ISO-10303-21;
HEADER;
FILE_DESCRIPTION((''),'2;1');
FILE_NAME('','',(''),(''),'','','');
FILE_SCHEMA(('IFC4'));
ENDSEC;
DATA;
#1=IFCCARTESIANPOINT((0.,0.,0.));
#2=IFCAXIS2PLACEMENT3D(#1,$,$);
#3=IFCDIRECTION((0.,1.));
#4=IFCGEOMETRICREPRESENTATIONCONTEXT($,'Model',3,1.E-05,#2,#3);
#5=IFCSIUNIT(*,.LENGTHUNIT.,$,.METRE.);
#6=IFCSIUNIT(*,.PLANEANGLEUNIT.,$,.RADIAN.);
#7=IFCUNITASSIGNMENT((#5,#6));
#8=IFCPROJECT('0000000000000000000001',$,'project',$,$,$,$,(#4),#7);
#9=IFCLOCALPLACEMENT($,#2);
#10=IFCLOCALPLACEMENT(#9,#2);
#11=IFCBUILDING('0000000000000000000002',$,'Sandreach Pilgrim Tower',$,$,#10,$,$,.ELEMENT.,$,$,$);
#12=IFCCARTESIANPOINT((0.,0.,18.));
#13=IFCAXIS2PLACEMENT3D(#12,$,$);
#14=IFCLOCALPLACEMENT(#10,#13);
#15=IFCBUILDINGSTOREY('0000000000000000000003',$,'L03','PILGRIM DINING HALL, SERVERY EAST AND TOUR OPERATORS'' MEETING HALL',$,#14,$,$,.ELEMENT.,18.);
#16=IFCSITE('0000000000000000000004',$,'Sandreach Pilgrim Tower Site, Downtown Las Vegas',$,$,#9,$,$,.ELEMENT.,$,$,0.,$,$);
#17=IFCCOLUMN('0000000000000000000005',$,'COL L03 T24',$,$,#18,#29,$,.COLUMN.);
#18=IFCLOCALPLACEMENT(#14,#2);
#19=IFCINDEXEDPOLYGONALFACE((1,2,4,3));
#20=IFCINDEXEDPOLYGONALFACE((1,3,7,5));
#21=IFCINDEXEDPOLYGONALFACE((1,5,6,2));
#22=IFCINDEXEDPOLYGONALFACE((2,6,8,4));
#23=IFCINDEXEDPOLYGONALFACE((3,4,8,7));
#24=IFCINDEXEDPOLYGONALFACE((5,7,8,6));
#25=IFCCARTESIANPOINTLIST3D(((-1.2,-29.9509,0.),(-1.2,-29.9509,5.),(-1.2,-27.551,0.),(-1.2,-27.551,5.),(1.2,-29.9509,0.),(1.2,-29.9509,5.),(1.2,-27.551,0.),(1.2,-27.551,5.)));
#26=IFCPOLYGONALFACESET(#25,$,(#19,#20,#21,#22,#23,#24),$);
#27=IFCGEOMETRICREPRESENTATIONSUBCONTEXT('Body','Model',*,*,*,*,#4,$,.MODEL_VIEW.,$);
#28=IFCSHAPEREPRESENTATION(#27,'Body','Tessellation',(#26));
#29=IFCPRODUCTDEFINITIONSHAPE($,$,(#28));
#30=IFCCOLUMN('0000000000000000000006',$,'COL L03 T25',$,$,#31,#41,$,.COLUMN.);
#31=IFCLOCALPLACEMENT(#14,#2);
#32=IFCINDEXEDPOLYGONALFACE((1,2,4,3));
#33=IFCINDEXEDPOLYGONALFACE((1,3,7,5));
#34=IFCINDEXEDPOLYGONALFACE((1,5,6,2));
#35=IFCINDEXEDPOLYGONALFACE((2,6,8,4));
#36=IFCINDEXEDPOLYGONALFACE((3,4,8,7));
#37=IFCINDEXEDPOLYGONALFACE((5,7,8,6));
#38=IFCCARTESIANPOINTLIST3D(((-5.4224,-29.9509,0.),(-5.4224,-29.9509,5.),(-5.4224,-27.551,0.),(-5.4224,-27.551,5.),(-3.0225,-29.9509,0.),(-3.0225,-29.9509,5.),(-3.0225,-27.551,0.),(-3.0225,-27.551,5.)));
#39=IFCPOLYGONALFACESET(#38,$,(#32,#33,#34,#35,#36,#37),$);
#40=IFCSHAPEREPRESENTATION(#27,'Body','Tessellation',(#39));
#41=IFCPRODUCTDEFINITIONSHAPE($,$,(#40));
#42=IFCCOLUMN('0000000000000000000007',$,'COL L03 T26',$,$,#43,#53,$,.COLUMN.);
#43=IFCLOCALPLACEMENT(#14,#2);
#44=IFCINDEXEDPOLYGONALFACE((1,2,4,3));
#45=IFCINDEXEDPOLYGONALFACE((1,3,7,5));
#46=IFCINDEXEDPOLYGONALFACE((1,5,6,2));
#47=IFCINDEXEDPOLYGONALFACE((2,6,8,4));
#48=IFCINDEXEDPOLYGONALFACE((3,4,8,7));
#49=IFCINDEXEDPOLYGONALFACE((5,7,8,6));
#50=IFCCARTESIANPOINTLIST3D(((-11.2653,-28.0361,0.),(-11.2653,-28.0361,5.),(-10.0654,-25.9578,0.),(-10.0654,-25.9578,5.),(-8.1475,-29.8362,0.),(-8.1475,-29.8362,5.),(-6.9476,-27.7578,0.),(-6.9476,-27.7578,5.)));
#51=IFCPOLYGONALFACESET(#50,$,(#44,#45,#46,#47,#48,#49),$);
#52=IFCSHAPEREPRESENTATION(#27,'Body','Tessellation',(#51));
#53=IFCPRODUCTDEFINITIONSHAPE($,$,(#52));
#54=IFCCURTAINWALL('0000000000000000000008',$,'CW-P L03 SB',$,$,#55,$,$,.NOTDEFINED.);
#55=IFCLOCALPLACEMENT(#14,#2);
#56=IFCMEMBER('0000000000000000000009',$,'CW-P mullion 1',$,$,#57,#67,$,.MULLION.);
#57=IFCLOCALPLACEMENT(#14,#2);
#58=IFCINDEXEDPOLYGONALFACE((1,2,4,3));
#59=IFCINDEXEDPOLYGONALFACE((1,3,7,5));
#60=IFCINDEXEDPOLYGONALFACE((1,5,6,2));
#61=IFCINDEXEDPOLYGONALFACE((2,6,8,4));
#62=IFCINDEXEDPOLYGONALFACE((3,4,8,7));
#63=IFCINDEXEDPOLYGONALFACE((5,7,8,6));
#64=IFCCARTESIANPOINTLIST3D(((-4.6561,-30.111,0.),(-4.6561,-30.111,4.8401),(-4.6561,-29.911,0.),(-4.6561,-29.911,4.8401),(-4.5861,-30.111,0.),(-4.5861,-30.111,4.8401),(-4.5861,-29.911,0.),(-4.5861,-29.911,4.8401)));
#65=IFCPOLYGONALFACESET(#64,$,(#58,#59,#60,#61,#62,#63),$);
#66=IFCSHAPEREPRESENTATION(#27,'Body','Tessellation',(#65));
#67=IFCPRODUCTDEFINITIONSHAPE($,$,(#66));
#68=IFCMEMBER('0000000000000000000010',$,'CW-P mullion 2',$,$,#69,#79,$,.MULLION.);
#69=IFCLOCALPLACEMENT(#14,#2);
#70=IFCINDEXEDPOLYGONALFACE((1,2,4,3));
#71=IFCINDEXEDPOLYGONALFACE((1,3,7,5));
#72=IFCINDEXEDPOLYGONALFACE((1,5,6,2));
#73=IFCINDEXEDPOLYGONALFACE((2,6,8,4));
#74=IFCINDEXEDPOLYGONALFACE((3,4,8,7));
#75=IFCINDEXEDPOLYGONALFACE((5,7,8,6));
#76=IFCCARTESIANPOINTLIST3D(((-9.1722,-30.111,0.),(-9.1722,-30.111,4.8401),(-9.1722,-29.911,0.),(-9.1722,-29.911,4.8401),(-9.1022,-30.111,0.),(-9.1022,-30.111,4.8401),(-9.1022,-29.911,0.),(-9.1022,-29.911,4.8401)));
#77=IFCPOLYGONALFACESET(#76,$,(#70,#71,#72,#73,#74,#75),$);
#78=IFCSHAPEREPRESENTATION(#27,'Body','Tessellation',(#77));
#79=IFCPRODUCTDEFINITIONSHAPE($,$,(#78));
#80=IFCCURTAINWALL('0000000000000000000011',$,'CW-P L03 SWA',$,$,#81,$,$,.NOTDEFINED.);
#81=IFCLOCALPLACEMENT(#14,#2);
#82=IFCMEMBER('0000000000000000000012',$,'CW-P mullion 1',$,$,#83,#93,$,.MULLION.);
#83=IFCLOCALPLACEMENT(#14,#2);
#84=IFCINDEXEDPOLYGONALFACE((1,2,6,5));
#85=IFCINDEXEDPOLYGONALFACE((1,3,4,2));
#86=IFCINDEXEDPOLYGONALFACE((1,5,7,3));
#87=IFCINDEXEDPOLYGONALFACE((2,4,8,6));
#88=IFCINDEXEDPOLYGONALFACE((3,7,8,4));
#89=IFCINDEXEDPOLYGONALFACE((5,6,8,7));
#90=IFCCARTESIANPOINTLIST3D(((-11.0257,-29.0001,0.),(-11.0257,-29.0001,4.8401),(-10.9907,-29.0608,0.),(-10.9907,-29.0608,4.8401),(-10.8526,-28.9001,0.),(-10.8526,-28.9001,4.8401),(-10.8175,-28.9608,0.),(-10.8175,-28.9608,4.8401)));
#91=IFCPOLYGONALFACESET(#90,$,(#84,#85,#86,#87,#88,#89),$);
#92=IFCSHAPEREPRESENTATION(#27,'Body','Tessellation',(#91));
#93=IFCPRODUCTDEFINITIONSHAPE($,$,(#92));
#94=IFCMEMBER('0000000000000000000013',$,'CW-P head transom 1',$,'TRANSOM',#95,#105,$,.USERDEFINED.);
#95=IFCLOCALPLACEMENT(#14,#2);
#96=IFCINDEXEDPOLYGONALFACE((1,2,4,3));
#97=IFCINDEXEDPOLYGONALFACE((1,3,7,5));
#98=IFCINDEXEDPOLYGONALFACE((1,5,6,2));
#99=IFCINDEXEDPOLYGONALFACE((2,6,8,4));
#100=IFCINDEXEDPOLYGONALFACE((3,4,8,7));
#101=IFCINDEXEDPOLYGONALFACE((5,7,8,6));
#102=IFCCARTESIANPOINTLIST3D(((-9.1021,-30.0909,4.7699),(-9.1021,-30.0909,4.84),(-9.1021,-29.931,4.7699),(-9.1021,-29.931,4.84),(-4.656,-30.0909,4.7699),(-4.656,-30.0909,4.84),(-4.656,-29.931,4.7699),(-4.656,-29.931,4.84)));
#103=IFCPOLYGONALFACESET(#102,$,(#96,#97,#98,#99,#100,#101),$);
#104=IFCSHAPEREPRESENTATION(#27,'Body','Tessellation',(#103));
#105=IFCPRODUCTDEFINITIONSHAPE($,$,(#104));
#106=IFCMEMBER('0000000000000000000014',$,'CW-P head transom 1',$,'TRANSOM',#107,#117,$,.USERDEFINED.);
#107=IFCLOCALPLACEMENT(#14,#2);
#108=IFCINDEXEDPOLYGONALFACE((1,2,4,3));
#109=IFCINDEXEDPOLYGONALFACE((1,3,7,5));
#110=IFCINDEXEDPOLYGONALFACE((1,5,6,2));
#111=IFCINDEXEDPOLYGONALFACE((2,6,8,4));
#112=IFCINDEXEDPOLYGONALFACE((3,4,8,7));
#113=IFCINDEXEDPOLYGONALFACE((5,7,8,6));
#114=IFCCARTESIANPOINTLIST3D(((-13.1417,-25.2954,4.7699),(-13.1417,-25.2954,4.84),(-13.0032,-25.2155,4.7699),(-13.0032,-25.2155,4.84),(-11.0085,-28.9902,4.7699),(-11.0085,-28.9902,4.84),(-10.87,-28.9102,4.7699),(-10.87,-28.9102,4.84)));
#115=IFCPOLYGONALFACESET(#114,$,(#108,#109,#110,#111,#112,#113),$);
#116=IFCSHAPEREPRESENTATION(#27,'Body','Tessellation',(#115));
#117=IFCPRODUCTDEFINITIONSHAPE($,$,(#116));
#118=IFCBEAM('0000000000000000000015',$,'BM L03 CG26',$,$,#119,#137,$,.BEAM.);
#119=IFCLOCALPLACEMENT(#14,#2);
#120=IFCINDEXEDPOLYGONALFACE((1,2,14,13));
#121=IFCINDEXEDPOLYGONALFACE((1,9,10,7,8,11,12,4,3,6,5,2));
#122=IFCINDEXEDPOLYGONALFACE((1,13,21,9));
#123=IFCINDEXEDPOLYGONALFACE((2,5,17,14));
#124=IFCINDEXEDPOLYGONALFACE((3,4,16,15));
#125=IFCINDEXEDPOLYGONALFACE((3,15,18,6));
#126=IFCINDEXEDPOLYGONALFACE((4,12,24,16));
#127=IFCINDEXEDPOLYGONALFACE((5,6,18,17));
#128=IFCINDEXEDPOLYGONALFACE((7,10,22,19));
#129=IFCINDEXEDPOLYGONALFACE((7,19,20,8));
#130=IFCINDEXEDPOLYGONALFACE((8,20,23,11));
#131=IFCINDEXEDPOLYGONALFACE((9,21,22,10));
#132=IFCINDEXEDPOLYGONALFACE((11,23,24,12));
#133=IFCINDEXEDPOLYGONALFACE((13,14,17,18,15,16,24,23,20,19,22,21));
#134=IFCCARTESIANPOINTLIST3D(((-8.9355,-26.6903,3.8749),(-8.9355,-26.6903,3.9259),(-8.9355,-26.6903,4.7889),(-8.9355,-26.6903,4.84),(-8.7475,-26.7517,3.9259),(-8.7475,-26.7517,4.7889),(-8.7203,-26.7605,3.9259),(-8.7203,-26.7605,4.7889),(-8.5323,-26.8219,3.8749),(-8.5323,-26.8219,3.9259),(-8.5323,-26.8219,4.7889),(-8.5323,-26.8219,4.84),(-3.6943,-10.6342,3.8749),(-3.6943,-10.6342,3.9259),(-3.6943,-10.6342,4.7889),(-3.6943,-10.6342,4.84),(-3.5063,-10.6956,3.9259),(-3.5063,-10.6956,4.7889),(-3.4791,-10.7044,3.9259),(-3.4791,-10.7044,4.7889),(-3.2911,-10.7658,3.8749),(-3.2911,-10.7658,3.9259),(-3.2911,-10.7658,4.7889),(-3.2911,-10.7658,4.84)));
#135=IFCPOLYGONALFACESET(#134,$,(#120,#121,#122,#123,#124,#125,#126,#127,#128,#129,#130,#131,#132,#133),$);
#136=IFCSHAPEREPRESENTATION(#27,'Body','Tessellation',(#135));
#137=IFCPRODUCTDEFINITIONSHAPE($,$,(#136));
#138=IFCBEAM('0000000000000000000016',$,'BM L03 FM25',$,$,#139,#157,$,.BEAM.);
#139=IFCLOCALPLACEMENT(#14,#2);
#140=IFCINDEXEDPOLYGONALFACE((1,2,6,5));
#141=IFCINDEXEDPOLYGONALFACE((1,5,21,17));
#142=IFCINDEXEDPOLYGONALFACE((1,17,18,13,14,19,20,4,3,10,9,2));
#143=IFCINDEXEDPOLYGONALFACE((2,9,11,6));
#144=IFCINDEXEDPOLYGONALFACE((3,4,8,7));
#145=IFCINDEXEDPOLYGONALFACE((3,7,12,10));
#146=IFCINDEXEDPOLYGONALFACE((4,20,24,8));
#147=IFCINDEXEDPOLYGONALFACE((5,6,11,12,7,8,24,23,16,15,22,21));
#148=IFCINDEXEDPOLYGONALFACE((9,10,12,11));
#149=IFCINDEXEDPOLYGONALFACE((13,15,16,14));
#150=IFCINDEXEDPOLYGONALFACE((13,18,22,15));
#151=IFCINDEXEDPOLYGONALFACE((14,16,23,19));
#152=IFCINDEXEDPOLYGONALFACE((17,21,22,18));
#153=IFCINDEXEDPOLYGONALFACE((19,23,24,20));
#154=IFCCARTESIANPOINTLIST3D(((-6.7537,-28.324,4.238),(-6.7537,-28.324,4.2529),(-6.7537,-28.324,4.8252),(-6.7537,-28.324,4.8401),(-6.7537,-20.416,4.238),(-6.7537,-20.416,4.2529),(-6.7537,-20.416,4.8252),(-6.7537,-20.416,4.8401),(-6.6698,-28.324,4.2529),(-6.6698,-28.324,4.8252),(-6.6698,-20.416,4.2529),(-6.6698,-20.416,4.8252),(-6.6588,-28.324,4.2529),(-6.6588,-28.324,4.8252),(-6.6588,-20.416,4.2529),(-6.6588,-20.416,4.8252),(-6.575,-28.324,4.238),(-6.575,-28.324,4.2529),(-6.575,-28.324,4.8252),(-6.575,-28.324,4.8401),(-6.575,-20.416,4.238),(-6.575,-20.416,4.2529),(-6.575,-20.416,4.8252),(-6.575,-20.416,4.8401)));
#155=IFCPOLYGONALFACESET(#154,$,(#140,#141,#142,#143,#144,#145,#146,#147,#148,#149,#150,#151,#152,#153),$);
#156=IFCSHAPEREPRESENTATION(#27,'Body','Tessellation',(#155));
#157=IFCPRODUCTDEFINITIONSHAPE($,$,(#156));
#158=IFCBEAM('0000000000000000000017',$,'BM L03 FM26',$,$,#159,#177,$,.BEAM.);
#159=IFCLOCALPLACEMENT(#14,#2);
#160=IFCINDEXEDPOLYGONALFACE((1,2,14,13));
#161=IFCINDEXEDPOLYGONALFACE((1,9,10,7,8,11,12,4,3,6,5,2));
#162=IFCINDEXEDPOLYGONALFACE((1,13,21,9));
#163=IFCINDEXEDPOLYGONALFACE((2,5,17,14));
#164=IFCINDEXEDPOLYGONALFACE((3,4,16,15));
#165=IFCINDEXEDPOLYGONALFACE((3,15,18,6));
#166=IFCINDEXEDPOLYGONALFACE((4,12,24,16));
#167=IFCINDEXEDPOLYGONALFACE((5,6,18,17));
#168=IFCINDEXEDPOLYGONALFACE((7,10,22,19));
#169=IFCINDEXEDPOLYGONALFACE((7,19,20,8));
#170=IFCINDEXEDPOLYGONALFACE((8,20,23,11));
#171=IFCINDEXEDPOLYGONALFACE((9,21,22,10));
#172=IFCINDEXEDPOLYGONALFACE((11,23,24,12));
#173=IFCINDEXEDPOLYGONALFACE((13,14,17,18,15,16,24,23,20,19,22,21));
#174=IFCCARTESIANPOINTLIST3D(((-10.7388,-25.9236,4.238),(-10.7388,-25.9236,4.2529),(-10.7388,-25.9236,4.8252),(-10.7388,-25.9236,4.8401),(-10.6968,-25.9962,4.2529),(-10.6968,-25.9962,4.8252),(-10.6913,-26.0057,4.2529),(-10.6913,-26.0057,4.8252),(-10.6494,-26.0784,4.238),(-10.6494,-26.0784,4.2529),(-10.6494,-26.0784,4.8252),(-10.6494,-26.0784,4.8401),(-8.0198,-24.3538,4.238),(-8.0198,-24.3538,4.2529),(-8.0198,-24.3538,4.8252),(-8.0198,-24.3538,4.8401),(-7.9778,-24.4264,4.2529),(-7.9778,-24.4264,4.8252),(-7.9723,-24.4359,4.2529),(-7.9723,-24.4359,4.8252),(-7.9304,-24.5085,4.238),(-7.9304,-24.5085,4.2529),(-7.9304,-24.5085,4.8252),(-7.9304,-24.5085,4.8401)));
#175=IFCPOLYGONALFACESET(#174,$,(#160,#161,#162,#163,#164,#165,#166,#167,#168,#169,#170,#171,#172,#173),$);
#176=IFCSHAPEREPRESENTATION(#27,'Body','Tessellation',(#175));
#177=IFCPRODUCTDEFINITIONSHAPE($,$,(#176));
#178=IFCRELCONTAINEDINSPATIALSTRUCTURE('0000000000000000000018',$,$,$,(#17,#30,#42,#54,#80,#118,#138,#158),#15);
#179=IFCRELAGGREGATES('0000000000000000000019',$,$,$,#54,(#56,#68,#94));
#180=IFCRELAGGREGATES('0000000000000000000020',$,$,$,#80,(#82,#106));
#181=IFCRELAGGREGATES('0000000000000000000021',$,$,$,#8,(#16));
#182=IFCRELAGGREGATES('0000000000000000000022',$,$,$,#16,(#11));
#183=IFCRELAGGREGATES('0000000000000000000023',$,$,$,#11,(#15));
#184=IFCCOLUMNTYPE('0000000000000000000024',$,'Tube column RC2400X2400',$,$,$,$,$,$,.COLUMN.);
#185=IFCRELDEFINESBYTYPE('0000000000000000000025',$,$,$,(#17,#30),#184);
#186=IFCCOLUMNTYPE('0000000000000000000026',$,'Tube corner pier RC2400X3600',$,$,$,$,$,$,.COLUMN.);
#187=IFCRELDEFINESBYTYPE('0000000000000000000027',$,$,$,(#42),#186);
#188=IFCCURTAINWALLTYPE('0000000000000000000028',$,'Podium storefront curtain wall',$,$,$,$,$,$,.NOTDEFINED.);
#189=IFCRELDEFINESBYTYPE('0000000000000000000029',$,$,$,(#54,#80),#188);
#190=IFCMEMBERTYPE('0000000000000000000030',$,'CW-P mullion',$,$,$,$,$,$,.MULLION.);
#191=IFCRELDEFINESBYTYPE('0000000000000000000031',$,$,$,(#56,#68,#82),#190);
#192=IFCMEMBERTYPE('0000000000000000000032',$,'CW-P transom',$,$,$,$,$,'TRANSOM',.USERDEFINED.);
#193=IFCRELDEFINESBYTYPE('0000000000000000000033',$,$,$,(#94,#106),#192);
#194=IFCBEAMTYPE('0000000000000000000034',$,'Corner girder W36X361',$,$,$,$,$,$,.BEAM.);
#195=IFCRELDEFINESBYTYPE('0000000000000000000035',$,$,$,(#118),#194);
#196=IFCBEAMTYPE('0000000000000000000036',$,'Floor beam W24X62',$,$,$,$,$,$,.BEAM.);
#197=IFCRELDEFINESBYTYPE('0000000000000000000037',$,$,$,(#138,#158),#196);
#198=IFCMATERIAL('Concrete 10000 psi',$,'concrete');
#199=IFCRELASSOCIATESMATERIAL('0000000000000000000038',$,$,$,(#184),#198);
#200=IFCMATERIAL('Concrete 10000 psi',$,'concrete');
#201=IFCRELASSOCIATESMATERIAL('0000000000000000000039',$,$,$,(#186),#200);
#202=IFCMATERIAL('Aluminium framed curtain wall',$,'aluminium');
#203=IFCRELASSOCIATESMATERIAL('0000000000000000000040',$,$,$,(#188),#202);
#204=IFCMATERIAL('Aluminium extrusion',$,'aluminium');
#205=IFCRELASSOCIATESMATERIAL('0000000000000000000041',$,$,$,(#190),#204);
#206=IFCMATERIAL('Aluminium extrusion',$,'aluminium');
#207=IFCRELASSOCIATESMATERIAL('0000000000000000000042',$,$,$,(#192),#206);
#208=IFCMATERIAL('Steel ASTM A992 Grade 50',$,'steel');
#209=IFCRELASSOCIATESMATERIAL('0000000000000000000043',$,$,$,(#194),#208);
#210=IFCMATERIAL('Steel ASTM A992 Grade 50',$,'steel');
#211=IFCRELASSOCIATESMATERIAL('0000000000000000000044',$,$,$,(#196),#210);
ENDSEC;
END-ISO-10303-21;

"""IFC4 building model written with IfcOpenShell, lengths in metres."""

from ifc_helpers import new_model, si_unit, direction, frame, origin, origin_2d, place, context, subcontext, project, spatial, rectangle, i_section, extrude, material, material_profile, profile_set, type_object, element, aggregate, save


model = new_model("IFC4")

# Units and contexts
model_context = context("Model", 3, precision=1e-05, world=origin(), true_north=direction((0.0, 1.0)))
body_context = subcontext(model_context, "Body", "Model", "MODEL_VIEW")
ifc_project = project(units=[si_unit("LENGTHUNIT", "METRE"), si_unit("PLANEANGLEUNIT", "RADIAN")], contexts=[model_context])

# Site, building, storey
site_placement = place(None, origin())
site = spatial("IfcSite", under=ifc_project, at=site_placement, Name="Sandreach Pilgrim Tower Site, Downtown Las Vegas", CompositionType="ELEMENT", RefElevation=0.0)
building_placement = place(site_placement, origin())
building = spatial("IfcBuilding", under=site, at=building_placement, Name="Sandreach Pilgrim Tower", CompositionType="ELEMENT")
storey_placement = place(building_placement, frame((0.0, 0.0, 18.0)))
storey = spatial("IfcBuildingStorey", under=building, at=storey_placement, Name="L03", Description="PILGRIM DINING HALL, SERVERY EAST AND TOUR OPERATORS' MEETING HALL", CompositionType="ELEMENT", Elevation=18.0)

# Columns
ifc_material_1 = material(Name="Concrete 10000 psi", Category="concrete")
ifc_material_profile_1 = material_profile(ifc_material_1, rectangle(XDim=2.3999, YDim=2.3999, at=origin_2d()), Name="RC2400X2400")
ifc_profile_set_1 = profile_set([ifc_material_profile_1], Name="Concrete 10000 psi")
column_type_1 = type_object("IfcColumnType", Name="Tube column RC2400X2400", PredefinedType="COLUMN", material=ifc_profile_set_1)
for number, where, z_axis, x_axis, name in (
    (1, (0.0, -28.751, 0.0), (0.0, 0.0, 1.0), (0.0, -1.0, 0.0), "COL L03 T24"),
    (2, (-4.2224, -28.751, 0.0), (0.0, 0.0, 1.0), (0.0, -1.0, 0.0), "COL L03 T25"),
):
    element("IfcColumn", number, at=place(storey_placement, frame(where, z_axis=z_axis, x_axis=x_axis)), inside=storey, type_object=column_type_1, Name=name, PredefinedType="COLUMN", context=body_context, shape_type="SweptSolid", body=[
        extrude(rectangle(XDim=2.3999, YDim=2.3999, at=origin_2d()), origin(), (0.0, 0.0, 1.0), 5.0),
    ])
ifc_material_2 = material(Name="Concrete 10000 psi", Category="concrete")
ifc_material_profile_2 = material_profile(ifc_material_2, rectangle(XDim=2.3999, YDim=3.6001, at=origin_2d()), Name="RC2400X3600")
ifc_profile_set_2 = profile_set([ifc_material_profile_2], Name="Concrete 10000 psi")
column_type_2 = type_object("IfcColumnType", Name="Tube corner pier RC2400X3600", PredefinedType="COLUMN", material=ifc_profile_set_2)
column_placement = place(storey_placement, frame((-9.1064, -27.897, 0.0), z_axis=(0.0, 0.0, 1.0), x_axis=(-0.5, -0.866025, 0.0)))
element("IfcColumn", 3, at=column_placement, inside=storey, type_object=column_type_2, Name="COL L03 T26", PredefinedType="COLUMN", context=body_context, shape_type="SweptSolid", body=[
    extrude(rectangle(XDim=2.3999, YDim=3.6001, at=origin_2d()), origin(), (0.0, 0.0, 1.0), 5.0),
])

# Curtain wall, members
ifc_material_3 = material(Name="Aluminium framed curtain wall", Category="aluminium")
curtain_wall_type = type_object("IfcCurtainWallType", Name="Podium storefront curtain wall", PredefinedType="NOTDEFINED", material=ifc_material_3)
curtain_wall_1_placement = place(storey_placement, origin())
curtain_wall_1 = element("IfcCurtainWall", 4, at=curtain_wall_1_placement, inside=storey, type_object=curtain_wall_type, Name="CW-P L03 SB", PredefinedType="NOTDEFINED")
ifc_material_4 = material(Name="Aluminium extrusion", Category="aluminium")
ifc_material_profile_3 = material_profile(ifc_material_4, rectangle(XDim=0.0701, YDim=0.2, at=origin_2d()), Name="CW-PM 70X200")
ifc_profile_set_3 = profile_set([ifc_material_profile_3], Name="Aluminium extrusion")
member_type_1 = type_object("IfcMemberType", Name="CW-P mullion", PredefinedType="MULLION", material=ifc_profile_set_3)
member_1_placement = place(storey_placement, frame((-4.6211, -30.011, 0.0), z_axis=(0.0, 0.0, 1.0), x_axis=(-1.0, 0.0, 0.0)))
member_1 = element("IfcMember", 5, at=member_1_placement, type_object=member_type_1, Name="CW-P mullion 1", PredefinedType="MULLION", context=body_context, shape_type="SweptSolid", body=[
    extrude(rectangle(XDim=0.0701, YDim=0.2, at=origin_2d()), origin(), (0.0, 0.0, 1.0), 4.8401),
])
member_2_placement = place(storey_placement, frame((-9.1372, -30.011, 0.0), z_axis=(0.0, 0.0, 1.0), x_axis=(-1.0, 0.0, 0.0)))
member_2 = element("IfcMember", 6, at=member_2_placement, type_object=member_type_1, Name="CW-P mullion 2", PredefinedType="MULLION", context=body_context, shape_type="SweptSolid", body=[
    extrude(rectangle(XDim=0.0701, YDim=0.2, at=origin_2d()), origin(), (0.0, 0.0, 1.0), 4.8401),
])

# Curtain wall, member
curtain_wall_2_placement = place(storey_placement, origin())
curtain_wall_2 = element("IfcCurtainWall", 7, at=curtain_wall_2_placement, inside=storey, type_object=curtain_wall_type, Name="CW-P L03 SWA", PredefinedType="NOTDEFINED")
member_3_placement = place(storey_placement, frame((-10.9216, -28.9805, 0.0), z_axis=(0.0, 0.0, 1.0), x_axis=(-0.5, 0.866025, 0.0)))
member_3 = element("IfcMember", 8, at=member_3_placement, type_object=member_type_1, Name="CW-P mullion 1", PredefinedType="MULLION", context=body_context, shape_type="SweptSolid", body=[
    extrude(rectangle(XDim=0.0701, YDim=0.2, at=origin_2d()), origin(), (0.0, 0.0, 1.0), 4.8401),
])

# Members
ifc_material_5 = material(Name="Aluminium extrusion", Category="aluminium")
ifc_material_profile_4 = material_profile(ifc_material_5, rectangle(XDim=0.1599, YDim=0.0701, at=origin_2d()), Name="CW-PT 160X70")
ifc_profile_set_4 = profile_set([ifc_material_profile_4], Name="Aluminium extrusion")
member_type_2 = type_object("IfcMemberType", Name="CW-P transom", ElementType="TRANSOM", PredefinedType="USERDEFINED", material=ifc_profile_set_4)
member_4_placement = place(storey_placement, frame((-4.656, -30.011, 4.8049), z_axis=(-1.0, 0.0, 0.0), x_axis=(0.0, -1.0, 0.0)))
member_4 = element("IfcMember", 9, at=member_4_placement, type_object=member_type_2, Name="CW-P head transom 1", ObjectType="TRANSOM", PredefinedType="USERDEFINED", context=body_context, shape_type="SweptSolid", body=[
    extrude(rectangle(XDim=0.1599, YDim=0.0701, at=origin_2d()), origin(), (0.0, 0.0, 1.0), 4.446),
])
member_5_placement = place(storey_placement, frame((-10.9392, -28.9502, 4.8049), z_axis=(-0.500016, 0.866016, 0.0), x_axis=(-0.866016, -0.500016, 0.0)))
member_5 = element("IfcMember", 10, at=member_5_placement, type_object=member_type_2, Name="CW-P head transom 1", ObjectType="TRANSOM", PredefinedType="USERDEFINED", context=body_context, shape_type="SweptSolid", body=[
    extrude(rectangle(XDim=0.1599, YDim=0.0701, at=origin_2d()), origin(), (0.0, 0.0, 1.0), 4.2664),
])

# Beams
ifc_material_6 = material(Name="Steel ASTM A992 Grade 50", Category="steel")
ifc_material_profile_5 = material_profile(ifc_material_6, i_section(OverallWidth=0.4241, OverallDepth=0.9651, WebThickness=0.0286, FlangeThickness=0.051, at=origin_2d()), Name="W36X361")
ifc_profile_set_5 = profile_set([ifc_material_profile_5], Name="Steel ASTM A992 Grade 50")
beam_type_1 = type_object("IfcBeamType", Name="Corner girder W36X361", PredefinedType="BEAM", material=ifc_profile_set_5)
beam_1_placement = place(storey_placement, frame((-8.7339, -26.7561, 4.3574), z_axis=(0.310315, 0.950634, 0.0), x_axis=(-0.950634, 0.310315, 0.0)))
element("IfcBeam", 11, at=beam_1_placement, inside=storey, type_object=beam_type_1, Name="BM L03 CG26", PredefinedType="BEAM", context=body_context, shape_type="SweptSolid", body=[
    extrude(i_section(OverallWidth=0.4241, OverallDepth=0.9651, WebThickness=0.0286, FlangeThickness=0.051, at=origin_2d()), origin(), (0.0, 0.0, 1.0), 16.8899),
])
ifc_material_7 = material(Name="Steel ASTM A992 Grade 50", Category="steel")
ifc_material_profile_6 = material_profile(ifc_material_7, i_section(OverallWidth=0.1787, OverallDepth=0.6021, WebThickness=0.011, FlangeThickness=0.0149, at=origin_2d()), Name="W24X62")
ifc_profile_set_6 = profile_set([ifc_material_profile_6], Name="Steel ASTM A992 Grade 50")
beam_type_2 = type_object("IfcBeamType", Name="Floor beam W24X62", PredefinedType="BEAM", material=ifc_profile_set_6)
beam_2_placement = place(storey_placement, frame((-6.6643, -28.324, 4.5391), z_axis=(0.0, 1.0, 0.0), x_axis=(-1.0, 0.0, 0.0)))
element("IfcBeam", 12, at=beam_2_placement, inside=storey, type_object=beam_type_2, Name="BM L03 FM25", PredefinedType="BEAM", context=body_context, shape_type="SweptSolid", body=[
    extrude(i_section(OverallWidth=0.1787, OverallDepth=0.6021, WebThickness=0.011, FlangeThickness=0.0149, at=origin_2d()), origin(), (0.0, 0.0, 1.0), 7.908),
])
beam_3_placement = place(storey_placement, frame((-10.6941, -26.001, 4.5391), z_axis=(0.866024, 0.500003, 0.0), x_axis=(-0.500003, 0.866024, 0.0)))
element("IfcBeam", 13, at=beam_3_placement, inside=storey, type_object=beam_type_2, Name="BM L03 FM26", PredefinedType="BEAM", context=body_context, shape_type="SweptSolid", body=[
    extrude(i_section(OverallWidth=0.1787, OverallDepth=0.6021, WebThickness=0.011, FlangeThickness=0.0149, at=origin_2d()), origin(), (0.0, 0.0, 1.0), 3.1396),
])

aggregate(curtain_wall_1, [member_1, member_2, member_4])
aggregate(curtain_wall_2, [member_3, member_5])

save(model, "model.ifc")
